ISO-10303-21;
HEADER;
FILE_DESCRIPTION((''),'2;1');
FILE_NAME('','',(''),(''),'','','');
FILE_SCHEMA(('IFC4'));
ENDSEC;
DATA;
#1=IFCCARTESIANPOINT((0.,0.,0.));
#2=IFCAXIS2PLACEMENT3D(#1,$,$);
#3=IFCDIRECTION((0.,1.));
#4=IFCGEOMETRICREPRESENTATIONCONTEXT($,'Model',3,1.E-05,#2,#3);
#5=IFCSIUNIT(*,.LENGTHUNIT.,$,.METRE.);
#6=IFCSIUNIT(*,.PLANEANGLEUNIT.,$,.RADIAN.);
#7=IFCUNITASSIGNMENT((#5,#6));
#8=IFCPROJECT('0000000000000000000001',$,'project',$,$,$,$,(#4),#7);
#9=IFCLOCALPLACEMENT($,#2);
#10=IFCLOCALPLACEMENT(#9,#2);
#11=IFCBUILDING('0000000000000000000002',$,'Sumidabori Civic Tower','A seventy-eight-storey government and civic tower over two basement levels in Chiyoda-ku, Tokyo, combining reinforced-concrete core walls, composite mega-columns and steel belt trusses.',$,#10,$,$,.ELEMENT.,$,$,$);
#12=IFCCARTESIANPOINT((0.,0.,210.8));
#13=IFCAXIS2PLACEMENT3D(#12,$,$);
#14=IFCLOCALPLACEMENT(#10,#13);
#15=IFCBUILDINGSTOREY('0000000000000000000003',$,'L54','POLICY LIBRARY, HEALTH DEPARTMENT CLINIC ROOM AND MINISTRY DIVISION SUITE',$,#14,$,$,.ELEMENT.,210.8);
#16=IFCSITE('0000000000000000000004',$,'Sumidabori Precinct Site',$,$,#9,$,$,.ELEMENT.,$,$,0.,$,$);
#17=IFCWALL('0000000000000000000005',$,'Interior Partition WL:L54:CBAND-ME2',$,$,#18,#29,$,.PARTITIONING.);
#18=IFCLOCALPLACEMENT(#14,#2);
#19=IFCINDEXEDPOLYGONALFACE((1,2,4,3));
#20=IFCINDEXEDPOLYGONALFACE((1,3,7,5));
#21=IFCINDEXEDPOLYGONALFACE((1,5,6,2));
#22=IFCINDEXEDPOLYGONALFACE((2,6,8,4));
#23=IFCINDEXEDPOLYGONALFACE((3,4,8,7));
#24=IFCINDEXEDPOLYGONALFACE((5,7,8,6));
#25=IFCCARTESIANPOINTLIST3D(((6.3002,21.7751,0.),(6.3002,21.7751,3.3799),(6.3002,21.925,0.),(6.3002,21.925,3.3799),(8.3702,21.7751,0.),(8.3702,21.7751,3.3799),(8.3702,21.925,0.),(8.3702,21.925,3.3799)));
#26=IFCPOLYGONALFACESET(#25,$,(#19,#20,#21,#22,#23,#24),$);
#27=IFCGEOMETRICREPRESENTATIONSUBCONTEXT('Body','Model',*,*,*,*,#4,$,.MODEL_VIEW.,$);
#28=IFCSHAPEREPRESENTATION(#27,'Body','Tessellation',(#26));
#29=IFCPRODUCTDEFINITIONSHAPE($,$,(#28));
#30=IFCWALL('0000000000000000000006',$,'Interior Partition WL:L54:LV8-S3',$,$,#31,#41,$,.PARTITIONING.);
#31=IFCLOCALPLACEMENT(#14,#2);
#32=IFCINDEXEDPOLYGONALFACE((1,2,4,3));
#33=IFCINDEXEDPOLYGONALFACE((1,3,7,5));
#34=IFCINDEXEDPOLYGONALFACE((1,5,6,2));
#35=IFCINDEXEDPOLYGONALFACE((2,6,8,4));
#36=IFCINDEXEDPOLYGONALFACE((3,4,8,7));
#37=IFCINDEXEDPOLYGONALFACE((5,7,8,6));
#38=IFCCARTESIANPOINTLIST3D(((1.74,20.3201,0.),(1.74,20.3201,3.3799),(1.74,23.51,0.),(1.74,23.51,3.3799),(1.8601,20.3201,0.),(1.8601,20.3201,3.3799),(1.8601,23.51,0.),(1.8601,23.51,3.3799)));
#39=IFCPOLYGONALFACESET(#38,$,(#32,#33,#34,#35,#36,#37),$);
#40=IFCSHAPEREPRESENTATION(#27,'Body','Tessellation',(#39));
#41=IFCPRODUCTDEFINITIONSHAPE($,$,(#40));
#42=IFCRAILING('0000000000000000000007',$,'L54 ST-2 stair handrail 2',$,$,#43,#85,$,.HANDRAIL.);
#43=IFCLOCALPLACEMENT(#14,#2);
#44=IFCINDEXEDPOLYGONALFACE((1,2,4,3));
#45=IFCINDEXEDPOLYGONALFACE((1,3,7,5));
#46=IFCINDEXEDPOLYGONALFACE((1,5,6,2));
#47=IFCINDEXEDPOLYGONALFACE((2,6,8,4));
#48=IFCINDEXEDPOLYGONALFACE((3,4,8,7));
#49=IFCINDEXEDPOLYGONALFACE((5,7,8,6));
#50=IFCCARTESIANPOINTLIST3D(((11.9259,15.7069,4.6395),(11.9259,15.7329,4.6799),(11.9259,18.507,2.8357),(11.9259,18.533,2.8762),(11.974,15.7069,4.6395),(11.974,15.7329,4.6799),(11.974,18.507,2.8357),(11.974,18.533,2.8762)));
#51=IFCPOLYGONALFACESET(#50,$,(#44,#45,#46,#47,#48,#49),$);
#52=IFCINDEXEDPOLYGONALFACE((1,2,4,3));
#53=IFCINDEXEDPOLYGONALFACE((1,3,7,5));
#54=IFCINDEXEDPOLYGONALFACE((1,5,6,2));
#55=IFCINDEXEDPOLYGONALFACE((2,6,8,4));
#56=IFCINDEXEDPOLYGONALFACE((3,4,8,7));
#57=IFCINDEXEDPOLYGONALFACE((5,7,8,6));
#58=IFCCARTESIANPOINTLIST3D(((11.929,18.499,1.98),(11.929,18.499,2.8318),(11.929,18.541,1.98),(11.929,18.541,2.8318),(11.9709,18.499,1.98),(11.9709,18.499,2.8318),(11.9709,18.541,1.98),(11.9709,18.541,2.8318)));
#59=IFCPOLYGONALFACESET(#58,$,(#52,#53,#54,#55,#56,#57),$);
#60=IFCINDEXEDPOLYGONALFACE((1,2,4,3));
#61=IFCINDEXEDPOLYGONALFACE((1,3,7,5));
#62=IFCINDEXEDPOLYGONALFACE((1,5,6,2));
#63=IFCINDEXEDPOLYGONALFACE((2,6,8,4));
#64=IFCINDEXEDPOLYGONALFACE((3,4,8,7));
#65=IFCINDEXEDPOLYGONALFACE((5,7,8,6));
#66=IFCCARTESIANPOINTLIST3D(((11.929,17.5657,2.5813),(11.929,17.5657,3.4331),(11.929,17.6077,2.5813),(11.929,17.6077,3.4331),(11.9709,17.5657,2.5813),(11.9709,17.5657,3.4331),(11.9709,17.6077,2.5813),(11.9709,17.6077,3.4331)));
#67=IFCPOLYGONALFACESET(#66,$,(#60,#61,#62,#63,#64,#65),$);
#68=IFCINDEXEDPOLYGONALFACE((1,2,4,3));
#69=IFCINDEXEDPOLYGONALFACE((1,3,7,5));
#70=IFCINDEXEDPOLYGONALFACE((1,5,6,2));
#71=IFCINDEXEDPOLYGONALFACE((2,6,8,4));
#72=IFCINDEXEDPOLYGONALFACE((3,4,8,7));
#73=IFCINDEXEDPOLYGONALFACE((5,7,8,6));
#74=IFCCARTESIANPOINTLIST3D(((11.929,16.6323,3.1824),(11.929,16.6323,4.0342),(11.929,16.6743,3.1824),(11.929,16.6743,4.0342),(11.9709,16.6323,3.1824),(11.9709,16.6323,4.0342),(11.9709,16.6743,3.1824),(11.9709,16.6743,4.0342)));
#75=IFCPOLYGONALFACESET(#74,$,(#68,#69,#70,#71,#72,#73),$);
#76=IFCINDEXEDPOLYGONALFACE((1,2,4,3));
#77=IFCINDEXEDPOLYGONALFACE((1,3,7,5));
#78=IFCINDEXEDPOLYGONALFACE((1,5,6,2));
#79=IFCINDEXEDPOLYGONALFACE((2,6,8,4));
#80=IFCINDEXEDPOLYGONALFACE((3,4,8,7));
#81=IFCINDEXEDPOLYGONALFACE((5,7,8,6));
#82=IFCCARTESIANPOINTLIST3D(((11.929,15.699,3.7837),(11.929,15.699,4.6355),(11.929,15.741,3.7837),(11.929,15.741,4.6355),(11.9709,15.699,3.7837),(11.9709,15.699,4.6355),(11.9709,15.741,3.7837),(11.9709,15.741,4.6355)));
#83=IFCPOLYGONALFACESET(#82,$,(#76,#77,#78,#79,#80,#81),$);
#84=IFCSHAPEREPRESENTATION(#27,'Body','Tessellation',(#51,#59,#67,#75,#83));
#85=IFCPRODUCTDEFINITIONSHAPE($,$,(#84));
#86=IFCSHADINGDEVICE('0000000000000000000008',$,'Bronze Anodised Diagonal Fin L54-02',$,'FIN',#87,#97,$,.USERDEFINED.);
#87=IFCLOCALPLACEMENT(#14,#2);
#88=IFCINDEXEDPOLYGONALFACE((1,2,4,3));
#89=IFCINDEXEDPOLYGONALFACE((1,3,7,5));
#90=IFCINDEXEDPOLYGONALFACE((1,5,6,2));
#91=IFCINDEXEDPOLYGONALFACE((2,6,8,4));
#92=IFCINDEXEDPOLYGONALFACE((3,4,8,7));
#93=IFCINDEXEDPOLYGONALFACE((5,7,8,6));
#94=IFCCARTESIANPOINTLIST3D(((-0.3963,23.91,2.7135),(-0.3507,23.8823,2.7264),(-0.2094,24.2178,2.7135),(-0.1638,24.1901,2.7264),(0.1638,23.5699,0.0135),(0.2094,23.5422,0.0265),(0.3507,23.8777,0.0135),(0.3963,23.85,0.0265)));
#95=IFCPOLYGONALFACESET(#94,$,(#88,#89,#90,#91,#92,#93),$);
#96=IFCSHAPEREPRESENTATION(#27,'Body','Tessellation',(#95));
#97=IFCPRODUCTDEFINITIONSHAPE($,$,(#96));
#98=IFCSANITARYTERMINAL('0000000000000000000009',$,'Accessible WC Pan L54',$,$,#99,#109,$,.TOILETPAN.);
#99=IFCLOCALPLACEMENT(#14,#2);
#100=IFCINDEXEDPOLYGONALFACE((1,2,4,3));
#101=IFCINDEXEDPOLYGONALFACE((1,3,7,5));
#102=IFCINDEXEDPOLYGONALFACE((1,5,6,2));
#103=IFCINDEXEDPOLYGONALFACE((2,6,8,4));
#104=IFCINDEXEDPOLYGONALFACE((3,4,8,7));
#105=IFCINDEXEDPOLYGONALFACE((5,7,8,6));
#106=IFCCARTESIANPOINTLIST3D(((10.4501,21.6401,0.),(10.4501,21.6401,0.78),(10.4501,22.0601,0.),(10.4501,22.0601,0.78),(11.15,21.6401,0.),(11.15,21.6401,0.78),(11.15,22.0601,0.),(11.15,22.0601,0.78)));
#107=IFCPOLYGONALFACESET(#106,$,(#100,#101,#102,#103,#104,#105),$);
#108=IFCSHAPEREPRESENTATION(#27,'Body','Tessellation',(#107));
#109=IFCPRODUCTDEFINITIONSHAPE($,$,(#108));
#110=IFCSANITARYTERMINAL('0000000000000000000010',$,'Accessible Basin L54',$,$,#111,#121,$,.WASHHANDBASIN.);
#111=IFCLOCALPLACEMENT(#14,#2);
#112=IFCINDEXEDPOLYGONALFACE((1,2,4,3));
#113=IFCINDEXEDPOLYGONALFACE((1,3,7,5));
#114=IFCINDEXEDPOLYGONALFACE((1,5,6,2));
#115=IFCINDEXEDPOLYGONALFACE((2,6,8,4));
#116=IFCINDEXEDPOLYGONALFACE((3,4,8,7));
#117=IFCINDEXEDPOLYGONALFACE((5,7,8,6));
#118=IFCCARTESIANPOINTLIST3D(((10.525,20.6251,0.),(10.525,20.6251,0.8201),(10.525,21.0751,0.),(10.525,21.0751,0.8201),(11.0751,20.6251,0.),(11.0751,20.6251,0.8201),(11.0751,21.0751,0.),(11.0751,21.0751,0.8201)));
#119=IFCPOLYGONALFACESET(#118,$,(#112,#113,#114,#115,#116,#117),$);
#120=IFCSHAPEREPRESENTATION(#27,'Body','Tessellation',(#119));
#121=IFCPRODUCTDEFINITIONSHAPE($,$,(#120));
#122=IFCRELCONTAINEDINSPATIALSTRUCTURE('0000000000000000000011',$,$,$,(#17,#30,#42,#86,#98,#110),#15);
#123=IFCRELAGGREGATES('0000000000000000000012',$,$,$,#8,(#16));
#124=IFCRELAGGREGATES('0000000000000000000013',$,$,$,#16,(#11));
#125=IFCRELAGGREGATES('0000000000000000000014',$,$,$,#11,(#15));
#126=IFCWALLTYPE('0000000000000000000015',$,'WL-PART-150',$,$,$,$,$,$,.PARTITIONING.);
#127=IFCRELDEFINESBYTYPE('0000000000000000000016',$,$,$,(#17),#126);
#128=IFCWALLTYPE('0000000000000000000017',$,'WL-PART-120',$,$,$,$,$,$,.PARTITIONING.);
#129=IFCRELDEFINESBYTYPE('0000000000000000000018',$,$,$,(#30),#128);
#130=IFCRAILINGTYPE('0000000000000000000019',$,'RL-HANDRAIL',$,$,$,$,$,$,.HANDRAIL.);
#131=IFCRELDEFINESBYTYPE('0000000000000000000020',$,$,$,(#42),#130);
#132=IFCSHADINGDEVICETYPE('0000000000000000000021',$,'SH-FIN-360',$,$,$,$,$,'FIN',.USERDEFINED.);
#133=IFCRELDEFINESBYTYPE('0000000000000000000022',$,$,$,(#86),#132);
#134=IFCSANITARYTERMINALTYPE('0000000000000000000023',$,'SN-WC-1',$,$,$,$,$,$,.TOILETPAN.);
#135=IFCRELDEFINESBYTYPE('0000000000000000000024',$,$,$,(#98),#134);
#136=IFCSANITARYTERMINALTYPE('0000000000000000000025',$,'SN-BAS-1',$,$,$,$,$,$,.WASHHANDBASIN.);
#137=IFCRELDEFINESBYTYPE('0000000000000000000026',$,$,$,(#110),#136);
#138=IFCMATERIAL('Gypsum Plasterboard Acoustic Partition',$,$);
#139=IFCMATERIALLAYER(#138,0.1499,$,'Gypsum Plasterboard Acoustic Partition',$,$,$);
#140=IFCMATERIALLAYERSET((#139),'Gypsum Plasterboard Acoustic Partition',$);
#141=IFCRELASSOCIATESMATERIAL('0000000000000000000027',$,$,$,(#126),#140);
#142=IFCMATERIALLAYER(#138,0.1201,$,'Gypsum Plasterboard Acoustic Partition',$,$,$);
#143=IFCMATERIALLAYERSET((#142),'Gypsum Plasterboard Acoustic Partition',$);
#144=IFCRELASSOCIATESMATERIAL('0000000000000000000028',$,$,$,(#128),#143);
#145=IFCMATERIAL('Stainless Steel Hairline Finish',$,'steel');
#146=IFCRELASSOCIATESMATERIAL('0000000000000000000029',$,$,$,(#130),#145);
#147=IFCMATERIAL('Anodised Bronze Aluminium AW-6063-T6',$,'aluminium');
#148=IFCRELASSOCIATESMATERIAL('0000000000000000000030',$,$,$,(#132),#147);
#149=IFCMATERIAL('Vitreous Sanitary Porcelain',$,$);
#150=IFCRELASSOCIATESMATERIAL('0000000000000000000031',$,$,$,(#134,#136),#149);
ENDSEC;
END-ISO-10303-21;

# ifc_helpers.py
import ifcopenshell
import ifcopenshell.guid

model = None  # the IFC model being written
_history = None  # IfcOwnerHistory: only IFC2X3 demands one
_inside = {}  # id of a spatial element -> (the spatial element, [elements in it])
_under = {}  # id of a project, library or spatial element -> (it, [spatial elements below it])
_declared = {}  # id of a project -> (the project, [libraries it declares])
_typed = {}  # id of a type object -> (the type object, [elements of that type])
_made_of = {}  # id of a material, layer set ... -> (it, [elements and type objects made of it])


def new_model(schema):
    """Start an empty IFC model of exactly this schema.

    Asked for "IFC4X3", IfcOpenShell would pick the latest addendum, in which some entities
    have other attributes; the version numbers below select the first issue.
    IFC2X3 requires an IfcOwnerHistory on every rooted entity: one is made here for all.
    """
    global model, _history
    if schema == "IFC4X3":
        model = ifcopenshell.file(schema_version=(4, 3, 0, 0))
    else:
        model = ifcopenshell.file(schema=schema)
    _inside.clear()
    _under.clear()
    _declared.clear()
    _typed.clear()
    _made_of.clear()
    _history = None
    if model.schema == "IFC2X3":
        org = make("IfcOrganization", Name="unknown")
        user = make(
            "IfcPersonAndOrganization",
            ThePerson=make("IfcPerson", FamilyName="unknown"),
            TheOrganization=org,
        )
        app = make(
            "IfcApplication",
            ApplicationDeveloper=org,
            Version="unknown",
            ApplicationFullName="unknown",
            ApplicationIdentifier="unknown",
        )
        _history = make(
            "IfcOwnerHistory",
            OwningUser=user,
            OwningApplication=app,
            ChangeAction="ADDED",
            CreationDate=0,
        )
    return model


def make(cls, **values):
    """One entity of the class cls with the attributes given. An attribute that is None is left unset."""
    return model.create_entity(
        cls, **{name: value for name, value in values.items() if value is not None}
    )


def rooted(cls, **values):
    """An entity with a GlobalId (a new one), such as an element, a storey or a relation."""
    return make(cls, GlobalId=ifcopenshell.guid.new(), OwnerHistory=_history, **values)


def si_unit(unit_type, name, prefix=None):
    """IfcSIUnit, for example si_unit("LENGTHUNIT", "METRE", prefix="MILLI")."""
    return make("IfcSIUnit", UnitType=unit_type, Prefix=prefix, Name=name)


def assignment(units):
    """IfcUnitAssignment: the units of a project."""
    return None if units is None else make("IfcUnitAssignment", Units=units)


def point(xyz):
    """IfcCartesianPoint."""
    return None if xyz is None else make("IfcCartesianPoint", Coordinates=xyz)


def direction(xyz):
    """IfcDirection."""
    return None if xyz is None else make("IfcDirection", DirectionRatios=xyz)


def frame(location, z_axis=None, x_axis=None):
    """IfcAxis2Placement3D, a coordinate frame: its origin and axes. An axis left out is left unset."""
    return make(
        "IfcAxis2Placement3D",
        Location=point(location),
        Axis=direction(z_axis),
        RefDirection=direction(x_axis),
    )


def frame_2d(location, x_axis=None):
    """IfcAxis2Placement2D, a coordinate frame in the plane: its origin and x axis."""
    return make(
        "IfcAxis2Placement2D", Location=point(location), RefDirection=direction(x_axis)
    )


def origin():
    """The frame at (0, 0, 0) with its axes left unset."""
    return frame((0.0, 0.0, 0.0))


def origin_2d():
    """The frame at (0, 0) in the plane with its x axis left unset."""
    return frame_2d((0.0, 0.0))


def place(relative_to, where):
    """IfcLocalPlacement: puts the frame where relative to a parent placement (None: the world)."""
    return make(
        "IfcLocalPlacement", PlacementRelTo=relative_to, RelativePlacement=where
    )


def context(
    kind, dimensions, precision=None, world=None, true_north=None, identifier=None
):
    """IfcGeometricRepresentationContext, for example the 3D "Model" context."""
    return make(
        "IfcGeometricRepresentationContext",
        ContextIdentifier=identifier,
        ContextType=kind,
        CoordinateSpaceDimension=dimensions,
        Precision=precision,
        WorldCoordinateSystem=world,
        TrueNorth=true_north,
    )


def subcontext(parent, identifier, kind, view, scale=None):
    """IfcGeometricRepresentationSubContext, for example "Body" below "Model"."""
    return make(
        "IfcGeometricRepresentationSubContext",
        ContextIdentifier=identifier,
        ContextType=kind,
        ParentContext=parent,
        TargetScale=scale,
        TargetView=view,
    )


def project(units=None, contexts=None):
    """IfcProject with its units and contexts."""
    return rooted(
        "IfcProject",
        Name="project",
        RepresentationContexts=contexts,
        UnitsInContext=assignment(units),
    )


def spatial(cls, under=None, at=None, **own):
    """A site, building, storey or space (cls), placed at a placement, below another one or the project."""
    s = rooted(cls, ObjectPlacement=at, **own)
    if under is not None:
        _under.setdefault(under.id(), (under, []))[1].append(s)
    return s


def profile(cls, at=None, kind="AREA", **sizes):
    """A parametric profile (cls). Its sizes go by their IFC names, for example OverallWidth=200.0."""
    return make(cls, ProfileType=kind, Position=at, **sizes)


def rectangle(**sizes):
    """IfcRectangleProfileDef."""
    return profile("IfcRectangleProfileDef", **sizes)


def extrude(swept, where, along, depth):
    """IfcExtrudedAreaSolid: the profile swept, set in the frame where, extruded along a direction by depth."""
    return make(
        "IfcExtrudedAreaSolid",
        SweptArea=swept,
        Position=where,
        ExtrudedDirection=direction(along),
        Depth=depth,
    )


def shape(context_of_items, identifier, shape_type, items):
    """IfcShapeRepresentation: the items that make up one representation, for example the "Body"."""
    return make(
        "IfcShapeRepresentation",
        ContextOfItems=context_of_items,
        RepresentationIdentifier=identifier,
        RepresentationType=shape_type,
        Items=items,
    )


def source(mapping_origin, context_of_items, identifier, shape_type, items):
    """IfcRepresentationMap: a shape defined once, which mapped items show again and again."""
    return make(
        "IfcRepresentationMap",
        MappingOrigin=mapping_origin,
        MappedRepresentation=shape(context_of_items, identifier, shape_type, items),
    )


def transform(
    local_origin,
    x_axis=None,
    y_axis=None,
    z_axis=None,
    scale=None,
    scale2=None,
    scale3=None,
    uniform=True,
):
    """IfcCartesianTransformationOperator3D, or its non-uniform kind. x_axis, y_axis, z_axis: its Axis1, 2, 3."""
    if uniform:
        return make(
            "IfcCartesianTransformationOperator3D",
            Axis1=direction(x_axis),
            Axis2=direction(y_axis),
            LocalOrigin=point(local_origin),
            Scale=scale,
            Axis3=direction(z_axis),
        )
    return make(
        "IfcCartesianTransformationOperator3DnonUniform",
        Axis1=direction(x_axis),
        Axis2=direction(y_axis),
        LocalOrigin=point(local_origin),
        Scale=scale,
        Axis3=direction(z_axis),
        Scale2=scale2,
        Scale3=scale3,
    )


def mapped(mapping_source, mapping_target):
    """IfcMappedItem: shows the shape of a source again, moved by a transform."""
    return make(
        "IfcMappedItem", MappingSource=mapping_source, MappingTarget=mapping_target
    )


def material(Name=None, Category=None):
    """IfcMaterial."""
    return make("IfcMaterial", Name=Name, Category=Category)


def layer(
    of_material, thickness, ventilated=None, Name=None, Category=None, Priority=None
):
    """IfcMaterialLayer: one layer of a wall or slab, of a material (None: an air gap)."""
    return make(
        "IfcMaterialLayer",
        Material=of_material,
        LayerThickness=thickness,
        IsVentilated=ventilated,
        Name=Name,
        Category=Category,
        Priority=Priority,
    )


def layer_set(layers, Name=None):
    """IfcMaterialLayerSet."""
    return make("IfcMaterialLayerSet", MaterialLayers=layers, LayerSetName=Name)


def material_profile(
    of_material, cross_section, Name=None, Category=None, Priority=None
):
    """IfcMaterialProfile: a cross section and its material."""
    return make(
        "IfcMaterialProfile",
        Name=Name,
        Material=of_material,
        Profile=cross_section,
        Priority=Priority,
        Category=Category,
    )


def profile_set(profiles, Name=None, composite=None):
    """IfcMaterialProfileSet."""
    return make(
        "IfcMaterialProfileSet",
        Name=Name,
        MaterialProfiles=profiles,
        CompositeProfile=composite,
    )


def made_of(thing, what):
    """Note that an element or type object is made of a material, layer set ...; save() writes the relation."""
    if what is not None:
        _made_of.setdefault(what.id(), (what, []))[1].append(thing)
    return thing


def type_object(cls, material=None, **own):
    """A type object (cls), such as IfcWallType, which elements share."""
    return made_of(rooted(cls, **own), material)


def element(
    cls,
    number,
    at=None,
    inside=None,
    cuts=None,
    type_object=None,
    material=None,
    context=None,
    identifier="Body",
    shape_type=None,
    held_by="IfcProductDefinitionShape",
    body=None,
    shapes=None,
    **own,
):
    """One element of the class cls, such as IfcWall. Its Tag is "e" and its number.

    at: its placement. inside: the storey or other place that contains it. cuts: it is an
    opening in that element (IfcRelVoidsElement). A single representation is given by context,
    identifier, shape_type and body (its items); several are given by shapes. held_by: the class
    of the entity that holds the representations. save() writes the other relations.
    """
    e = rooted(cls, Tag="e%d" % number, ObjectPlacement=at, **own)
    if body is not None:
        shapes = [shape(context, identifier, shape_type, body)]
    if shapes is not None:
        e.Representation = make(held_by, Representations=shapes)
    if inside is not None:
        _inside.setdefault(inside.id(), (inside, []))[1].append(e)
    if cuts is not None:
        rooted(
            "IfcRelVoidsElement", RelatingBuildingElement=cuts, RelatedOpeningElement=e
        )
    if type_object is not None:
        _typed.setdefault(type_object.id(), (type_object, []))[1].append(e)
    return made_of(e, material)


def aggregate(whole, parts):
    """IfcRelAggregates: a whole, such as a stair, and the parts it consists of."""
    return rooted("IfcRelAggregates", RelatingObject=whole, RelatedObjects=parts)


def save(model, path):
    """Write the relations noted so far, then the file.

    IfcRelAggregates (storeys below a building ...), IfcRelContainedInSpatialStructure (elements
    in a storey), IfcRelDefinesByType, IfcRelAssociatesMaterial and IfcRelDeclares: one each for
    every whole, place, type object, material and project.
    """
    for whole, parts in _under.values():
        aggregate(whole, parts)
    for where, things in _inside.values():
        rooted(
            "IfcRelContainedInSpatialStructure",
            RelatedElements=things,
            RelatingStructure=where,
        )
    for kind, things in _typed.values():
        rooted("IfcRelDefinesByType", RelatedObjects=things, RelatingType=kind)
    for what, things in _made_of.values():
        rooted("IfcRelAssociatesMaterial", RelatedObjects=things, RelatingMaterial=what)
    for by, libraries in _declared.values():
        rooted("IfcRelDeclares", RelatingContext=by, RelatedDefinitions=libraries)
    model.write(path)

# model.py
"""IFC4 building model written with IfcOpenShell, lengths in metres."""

from ifc_helpers import new_model, si_unit, direction, frame, frame_2d, origin, origin_2d, place, context, subcontext, project, spatial, rectangle, extrude, source, transform, mapped, material, layer, layer_set, material_profile, profile_set, type_object, element, save


model = new_model("IFC4")

# Units and contexts
model_context = context("Model", 3, precision=1e-05, world=origin(), true_north=direction((0.0, 1.0)))
body_context = subcontext(model_context, "Body", "Model", "MODEL_VIEW")
ifc_project = project(units=[si_unit("LENGTHUNIT", "METRE"), si_unit("PLANEANGLEUNIT", "RADIAN")], contexts=[model_context])

# Site, building, storey
site_placement = place(None, origin())
site = spatial("IfcSite", under=ifc_project, at=site_placement, Name="Sumidabori Precinct Site", CompositionType="ELEMENT", RefElevation=0.0)
building_placement = place(site_placement, origin())
building = spatial("IfcBuilding", under=site, at=building_placement, Name="Sumidabori Civic Tower", Description="A seventy-eight-storey government and civic tower over two basement levels in Chiyoda-ku, Tokyo, combining reinforced-concrete core walls, composite mega-columns and steel belt trusses.", CompositionType="ELEMENT")
storey_placement = place(building_placement, frame((0.0, 0.0, 210.8)))
storey = spatial("IfcBuildingStorey", under=building, at=storey_placement, Name="L54", Description="POLICY LIBRARY, HEALTH DEPARTMENT CLINIC ROOM AND MINISTRY DIVISION SUITE", CompositionType="ELEMENT", Elevation=210.8)

# Shared definitions
ifc_material_1 = material(Name="Anodised Bronze Aluminium AW-6063-T6", Category="aluminium")

# Walls
ifc_material_2 = material(Name="Gypsum Plasterboard Acoustic Partition")
ifc_layer_1 = layer(ifc_material_2, 0.1499, Name="Gypsum Plasterboard Acoustic Partition")
ifc_layer_set_1 = layer_set([ifc_layer_1], Name="Gypsum Plasterboard Acoustic Partition")
wall_type_1 = type_object("IfcWallType", Name="WL-PART-150", PredefinedType="PARTITIONING", material=ifc_layer_set_1)
shared_shape_1 = source(origin(), body_context, "Body", "SweptSolid", [
    extrude(rectangle(XDim=2.0701, YDim=0.1499, at=frame_2d((1.0352, 0.0))), origin(), (0.0, 0.0, 1.0), 3.3799),
])
wall_1_placement = place(storey_placement, frame((6.3, 21.8501, 0.0), z_axis=(0.0, 0.0, 1.0), x_axis=(1.0, 0.0, 0.0)))
element("IfcWall", 1, at=wall_1_placement, inside=storey, type_object=wall_type_1, Name="Interior Partition WL:L54:CBAND-ME2", PredefinedType="PARTITIONING", context=body_context, shape_type="MappedRepresentation", body=[
    mapped(shared_shape_1, transform((0.0, 0.0, 0.0), x_axis=(1.0, 0.0, 0.0), y_axis=(0.0, 1.0, 0.0), z_axis=(0.0, 0.0, 1.0), scale=1.0)),
])
ifc_layer_2 = layer(ifc_material_2, 0.1201, Name="Gypsum Plasterboard Acoustic Partition")
ifc_layer_set_2 = layer_set([ifc_layer_2], Name="Gypsum Plasterboard Acoustic Partition")
wall_type_2 = type_object("IfcWallType", Name="WL-PART-120", PredefinedType="PARTITIONING", material=ifc_layer_set_2)
shared_shape_2 = source(origin(), body_context, "Body", "SweptSolid", [
    extrude(rectangle(XDim=3.1899, YDim=0.1201, at=frame_2d((1.595, 0.0))), origin(), (0.0, 0.0, 1.0), 3.3799),
])
wall_2_placement = place(storey_placement, frame((1.8, 20.3201, 0.0), z_axis=(0.0, 0.0, 1.0), x_axis=(0.0, 1.0, 0.0)))
element("IfcWall", 2, at=wall_2_placement, inside=storey, type_object=wall_type_2, Name="Interior Partition WL:L54:LV8-S3", PredefinedType="PARTITIONING", context=body_context, shape_type="MappedRepresentation", body=[
    mapped(shared_shape_2, transform((0.0, 0.0, 0.0), x_axis=(1.0, 0.0, 0.0), y_axis=(0.0, 1.0, 0.0), z_axis=(0.0, 0.0, 1.0), scale=1.0)),
])

# Railing
ifc_material_3 = material(Name="Stainless Steel Hairline Finish", Category="steel")
railing_type = type_object("IfcRailingType", Name="RL-HANDRAIL", PredefinedType="HANDRAIL", material=ifc_material_3)
railing_placement = place(storey_placement, frame((11.95, 18.52, 1.98)))
element("IfcRailing", 3, at=railing_placement, inside=storey, type_object=railing_type, Name="L54 ST-2 stair handrail 2", PredefinedType="HANDRAIL", context=body_context, shape_type="SweptSolid", body=[
    extrude(rectangle(XDim=0.0481, YDim=0.0481, at=origin_2d()), frame((0.0, 0.0, 0.876), z_axis=(0.0, -0.840676, 0.541539), x_axis=(1.0, 0.0, 0.0)), (0.0, 0.0, 1.0), 3.3308),
    extrude(rectangle(XDim=0.042, YDim=0.042, at=origin_2d()), origin(), (0.0, 0.0, 1.0), 0.8518),
    extrude(rectangle(XDim=0.042, YDim=0.042, at=origin_2d()), frame((0.0, -0.9333, 0.6013)), (0.0, 0.0, 1.0), 0.8518),
    extrude(rectangle(XDim=0.042, YDim=0.042, at=origin_2d()), frame((0.0, -1.8667, 1.2024)), (0.0, 0.0, 1.0), 0.8518),
    extrude(rectangle(XDim=0.042, YDim=0.042, at=origin_2d()), frame((0.0, -2.8, 1.8037)), (0.0, 0.0, 1.0), 0.8518),
])

# Shading device
ifc_material_profile_1 = material_profile(ifc_material_1, rectangle(XDim=0.0549, YDim=0.3601, at=origin_2d()), Name="BRONZE FIN 360x55")
ifc_profile_set_1 = profile_set([ifc_material_profile_1], Name="Anodised Bronze Aluminium AW-6063-T6")
shading_device_type = type_object("IfcShadingDeviceType", Name="SH-FIN-360", ElementType="FIN", PredefinedType="USERDEFINED", material=ifc_profile_set_1)
shared_shape_3 = source(origin(), body_context, "Body", "SweptSolid", [
    extrude(rectangle(XDim=0.0549, YDim=0.3601, at=origin_2d()), origin(), (0.0, 0.0, 1.0), 2.7783),
])
shading_device_placement = place(storey_placement, frame((0.28, 23.71, 0.02), z_axis=(-0.201582, 0.122408, 0.971793), x_axis=(0.830642, -0.504396, 0.235837)))
element("IfcShadingDevice", 4, at=shading_device_placement, inside=storey, type_object=shading_device_type, Name="Bronze Anodised Diagonal Fin L54-02", ObjectType="FIN", PredefinedType="USERDEFINED", context=body_context, shape_type="MappedRepresentation", body=[
    mapped(shared_shape_3, transform((0.0, 0.0, 0.0), x_axis=(1.0, 0.0, 0.0), y_axis=(0.0, 1.0, 0.0), z_axis=(0.0, 0.0, 1.0), scale=1.0)),
])

# Sanitary terminals
ifc_material_4 = material(Name="Vitreous Sanitary Porcelain")
sanitary_terminal_type_1 = type_object("IfcSanitaryTerminalType", Name="SN-WC-1", PredefinedType="TOILETPAN", material=ifc_material_4)
shared_shape_4 = source(origin(), body_context, "Body", "SweptSolid", [
    extrude(rectangle(XDim=0.7, YDim=0.4199, at=origin_2d()), origin(), (0.0, 0.0, 1.0), 0.78),
])
sanitary_terminal_1_placement = place(storey_placement, frame((10.8, 21.8501, 0.0), z_axis=(0.0, 0.0, 1.0), x_axis=(1.0, 0.0, 0.0)))
element("IfcSanitaryTerminal", 5, at=sanitary_terminal_1_placement, inside=storey, type_object=sanitary_terminal_type_1, Name="Accessible WC Pan L54", PredefinedType="TOILETPAN", context=body_context, shape_type="MappedRepresentation", body=[
    mapped(shared_shape_4, transform((0.0, 0.0, 0.0), x_axis=(1.0, 0.0, 0.0), y_axis=(0.0, 1.0, 0.0), z_axis=(0.0, 0.0, 1.0), scale=1.0)),
])
sanitary_terminal_type_2 = type_object("IfcSanitaryTerminalType", Name="SN-BAS-1", PredefinedType="WASHHANDBASIN", material=ifc_material_4)
shared_shape_5 = source(origin(), body_context, "Body", "SweptSolid", [
    extrude(rectangle(XDim=0.55, YDim=0.45, at=origin_2d()), origin(), (0.0, 0.0, 1.0), 0.8201),
])
sanitary_terminal_2_placement = place(storey_placement, frame((10.8, 20.8501, 0.0), z_axis=(0.0, 0.0, 1.0), x_axis=(1.0, 0.0, 0.0)))
element("IfcSanitaryTerminal", 6, at=sanitary_terminal_2_placement, inside=storey, type_object=sanitary_terminal_type_2, Name="Accessible Basin L54", PredefinedType="WASHHANDBASIN", context=body_context, shape_type="MappedRepresentation", body=[
    mapped(shared_shape_5, transform((0.0, 0.0, 0.0), x_axis=(1.0, 0.0, 0.0), y_axis=(0.0, 1.0, 0.0), z_axis=(0.0, 0.0, 1.0), scale=1.0)),
])

save(model, "model.ifc")
